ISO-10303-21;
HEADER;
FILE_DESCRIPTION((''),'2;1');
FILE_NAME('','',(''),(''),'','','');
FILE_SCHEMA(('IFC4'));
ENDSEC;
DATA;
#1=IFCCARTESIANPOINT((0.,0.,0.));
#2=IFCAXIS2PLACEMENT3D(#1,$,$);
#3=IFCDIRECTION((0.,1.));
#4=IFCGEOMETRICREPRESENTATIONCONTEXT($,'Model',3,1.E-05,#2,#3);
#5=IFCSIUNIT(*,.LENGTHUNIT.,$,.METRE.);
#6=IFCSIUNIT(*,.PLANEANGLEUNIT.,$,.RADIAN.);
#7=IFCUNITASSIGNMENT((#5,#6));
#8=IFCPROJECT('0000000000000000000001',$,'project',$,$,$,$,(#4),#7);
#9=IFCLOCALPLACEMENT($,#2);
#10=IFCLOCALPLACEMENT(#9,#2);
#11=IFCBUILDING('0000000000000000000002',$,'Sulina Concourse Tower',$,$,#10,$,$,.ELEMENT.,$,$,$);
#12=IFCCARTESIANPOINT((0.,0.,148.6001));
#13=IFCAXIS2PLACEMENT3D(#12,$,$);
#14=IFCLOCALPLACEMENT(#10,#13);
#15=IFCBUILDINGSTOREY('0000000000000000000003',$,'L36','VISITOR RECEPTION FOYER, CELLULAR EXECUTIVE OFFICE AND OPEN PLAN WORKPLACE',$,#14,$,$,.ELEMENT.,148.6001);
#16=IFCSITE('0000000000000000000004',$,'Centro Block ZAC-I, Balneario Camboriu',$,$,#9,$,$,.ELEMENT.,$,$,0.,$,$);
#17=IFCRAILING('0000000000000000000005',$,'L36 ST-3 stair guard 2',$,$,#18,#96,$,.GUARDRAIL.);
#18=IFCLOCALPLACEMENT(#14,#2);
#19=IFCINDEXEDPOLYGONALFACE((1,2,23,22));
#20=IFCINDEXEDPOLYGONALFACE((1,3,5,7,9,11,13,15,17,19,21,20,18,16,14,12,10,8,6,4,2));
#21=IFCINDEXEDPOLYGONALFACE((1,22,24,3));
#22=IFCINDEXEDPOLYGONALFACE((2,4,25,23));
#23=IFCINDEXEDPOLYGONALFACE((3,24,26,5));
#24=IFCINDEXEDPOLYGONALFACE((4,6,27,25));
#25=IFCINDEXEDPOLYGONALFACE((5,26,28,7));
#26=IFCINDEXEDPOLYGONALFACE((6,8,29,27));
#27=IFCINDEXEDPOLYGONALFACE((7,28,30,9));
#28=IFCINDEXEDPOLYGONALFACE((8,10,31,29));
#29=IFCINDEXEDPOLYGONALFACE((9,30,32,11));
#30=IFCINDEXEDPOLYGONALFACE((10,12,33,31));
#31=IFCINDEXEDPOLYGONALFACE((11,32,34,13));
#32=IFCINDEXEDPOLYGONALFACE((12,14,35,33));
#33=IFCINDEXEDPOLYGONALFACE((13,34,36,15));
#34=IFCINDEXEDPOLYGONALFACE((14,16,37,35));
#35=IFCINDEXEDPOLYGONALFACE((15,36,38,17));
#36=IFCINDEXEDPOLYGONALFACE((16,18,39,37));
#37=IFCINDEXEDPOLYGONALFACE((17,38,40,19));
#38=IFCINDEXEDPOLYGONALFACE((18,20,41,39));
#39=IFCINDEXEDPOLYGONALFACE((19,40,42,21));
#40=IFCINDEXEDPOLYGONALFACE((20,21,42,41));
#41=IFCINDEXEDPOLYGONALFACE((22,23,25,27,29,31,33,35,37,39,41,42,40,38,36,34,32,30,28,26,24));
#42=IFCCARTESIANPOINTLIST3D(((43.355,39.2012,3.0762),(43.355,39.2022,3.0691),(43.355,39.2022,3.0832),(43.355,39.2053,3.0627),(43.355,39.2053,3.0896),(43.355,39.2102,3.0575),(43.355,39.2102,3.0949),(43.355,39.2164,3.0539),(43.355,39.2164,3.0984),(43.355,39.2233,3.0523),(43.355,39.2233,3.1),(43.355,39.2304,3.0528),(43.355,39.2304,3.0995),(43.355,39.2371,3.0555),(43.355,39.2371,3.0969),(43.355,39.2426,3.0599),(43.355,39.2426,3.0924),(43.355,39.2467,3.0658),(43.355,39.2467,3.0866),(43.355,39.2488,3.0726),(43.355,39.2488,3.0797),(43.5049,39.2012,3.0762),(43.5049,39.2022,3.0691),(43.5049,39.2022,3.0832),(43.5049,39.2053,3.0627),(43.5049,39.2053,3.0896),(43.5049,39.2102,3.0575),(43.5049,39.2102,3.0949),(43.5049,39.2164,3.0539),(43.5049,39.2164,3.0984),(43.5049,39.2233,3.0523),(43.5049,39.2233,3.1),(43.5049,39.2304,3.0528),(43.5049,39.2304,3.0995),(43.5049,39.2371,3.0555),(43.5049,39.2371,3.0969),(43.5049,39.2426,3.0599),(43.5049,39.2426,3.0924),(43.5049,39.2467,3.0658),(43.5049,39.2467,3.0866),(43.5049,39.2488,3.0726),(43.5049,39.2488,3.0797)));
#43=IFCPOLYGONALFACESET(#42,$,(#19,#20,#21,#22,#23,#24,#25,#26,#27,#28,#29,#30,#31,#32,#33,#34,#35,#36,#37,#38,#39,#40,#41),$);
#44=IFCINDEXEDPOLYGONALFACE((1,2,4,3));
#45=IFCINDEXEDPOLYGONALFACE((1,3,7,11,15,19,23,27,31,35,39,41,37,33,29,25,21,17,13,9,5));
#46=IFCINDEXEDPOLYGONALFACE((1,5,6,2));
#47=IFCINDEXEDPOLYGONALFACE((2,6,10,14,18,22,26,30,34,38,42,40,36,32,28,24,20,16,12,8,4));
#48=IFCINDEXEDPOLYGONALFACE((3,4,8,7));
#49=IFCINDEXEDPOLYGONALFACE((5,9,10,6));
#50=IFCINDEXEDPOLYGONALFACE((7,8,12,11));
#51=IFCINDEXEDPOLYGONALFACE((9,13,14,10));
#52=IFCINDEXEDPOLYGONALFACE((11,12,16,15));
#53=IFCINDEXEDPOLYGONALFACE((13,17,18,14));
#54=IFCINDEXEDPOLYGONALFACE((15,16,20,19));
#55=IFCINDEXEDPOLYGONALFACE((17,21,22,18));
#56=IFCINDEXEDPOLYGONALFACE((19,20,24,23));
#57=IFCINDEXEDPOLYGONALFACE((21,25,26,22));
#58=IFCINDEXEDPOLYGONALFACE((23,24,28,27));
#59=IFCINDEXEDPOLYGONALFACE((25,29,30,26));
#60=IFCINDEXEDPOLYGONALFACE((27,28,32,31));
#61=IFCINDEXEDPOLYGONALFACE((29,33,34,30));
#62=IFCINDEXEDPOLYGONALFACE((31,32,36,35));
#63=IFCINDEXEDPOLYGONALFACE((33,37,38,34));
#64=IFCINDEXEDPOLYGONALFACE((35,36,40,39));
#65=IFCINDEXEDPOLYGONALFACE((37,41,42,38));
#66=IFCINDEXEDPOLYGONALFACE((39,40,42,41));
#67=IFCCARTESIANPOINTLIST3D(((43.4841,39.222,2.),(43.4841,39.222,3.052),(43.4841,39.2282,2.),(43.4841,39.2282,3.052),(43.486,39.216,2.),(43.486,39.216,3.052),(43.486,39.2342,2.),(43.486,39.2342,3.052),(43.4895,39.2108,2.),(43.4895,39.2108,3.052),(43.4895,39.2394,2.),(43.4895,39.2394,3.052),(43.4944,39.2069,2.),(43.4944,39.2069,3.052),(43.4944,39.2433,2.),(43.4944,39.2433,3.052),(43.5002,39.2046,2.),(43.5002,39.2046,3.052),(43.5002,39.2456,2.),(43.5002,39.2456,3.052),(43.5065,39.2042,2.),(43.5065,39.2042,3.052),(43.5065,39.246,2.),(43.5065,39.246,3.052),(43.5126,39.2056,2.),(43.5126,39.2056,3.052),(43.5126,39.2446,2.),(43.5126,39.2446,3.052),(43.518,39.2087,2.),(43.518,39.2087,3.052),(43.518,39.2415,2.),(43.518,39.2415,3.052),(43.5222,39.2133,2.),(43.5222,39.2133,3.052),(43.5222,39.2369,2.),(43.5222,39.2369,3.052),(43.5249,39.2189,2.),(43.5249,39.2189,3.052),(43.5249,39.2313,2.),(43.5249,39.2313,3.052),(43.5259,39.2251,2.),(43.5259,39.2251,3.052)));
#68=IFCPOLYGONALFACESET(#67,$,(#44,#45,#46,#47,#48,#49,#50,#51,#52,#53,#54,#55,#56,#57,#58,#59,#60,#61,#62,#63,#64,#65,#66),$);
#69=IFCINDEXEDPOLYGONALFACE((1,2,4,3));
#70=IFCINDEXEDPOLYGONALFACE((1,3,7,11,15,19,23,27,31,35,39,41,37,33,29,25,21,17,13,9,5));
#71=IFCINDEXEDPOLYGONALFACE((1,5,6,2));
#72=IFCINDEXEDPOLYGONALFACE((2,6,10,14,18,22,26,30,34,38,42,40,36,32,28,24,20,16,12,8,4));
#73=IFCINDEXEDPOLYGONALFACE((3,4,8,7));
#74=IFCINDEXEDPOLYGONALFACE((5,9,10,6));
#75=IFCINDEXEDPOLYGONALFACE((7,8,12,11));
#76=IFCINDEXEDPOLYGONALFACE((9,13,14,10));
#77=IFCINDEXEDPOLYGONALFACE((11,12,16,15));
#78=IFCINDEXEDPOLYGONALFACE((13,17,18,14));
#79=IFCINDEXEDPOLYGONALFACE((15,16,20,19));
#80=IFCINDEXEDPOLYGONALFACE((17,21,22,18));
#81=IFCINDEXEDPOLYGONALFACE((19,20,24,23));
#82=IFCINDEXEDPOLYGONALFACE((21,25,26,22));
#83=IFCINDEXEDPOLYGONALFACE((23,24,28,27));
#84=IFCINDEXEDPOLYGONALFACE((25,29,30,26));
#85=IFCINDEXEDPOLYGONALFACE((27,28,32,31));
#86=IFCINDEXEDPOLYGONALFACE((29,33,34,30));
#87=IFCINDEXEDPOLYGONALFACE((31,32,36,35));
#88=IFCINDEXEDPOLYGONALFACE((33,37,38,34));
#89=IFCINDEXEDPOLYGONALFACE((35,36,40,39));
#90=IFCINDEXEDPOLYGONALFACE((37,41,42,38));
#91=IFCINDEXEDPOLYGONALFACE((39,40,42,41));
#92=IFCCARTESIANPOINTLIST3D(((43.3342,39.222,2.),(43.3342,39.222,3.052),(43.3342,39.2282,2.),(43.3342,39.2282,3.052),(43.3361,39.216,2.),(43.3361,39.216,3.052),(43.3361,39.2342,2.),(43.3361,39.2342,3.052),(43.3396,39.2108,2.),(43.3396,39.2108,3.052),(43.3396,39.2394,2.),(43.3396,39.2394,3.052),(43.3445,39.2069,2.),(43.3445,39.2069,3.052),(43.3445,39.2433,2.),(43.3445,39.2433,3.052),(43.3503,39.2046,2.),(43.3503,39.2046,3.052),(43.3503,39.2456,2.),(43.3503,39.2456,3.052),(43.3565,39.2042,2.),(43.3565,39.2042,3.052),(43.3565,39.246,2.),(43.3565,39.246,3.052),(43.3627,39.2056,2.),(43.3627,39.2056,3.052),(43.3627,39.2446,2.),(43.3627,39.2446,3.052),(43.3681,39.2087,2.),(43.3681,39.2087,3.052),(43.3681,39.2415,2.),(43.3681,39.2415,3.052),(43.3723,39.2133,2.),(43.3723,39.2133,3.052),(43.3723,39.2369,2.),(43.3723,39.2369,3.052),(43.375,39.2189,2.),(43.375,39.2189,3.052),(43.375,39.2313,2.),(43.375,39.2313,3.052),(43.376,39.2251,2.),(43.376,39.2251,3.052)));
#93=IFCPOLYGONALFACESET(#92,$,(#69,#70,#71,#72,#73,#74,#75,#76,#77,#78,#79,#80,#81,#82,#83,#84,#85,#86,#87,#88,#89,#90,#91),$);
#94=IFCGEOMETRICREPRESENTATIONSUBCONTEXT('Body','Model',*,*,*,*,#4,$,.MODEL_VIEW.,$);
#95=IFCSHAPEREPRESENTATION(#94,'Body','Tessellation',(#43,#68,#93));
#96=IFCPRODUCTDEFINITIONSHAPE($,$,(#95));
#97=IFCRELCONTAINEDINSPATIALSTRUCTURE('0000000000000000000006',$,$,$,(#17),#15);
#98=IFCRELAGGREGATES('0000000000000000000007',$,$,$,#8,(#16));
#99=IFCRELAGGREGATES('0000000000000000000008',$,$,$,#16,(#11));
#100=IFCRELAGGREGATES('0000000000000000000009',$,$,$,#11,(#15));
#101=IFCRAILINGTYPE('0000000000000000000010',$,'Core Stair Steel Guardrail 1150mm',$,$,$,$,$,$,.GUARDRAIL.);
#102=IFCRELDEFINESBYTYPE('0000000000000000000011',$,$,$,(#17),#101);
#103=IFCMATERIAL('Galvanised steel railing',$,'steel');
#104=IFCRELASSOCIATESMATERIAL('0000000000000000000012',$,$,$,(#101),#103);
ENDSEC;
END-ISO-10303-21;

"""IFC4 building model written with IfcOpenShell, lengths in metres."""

from ifc_helpers import new_model, si_unit, direction, frame, origin, origin_2d, place, context, subcontext, project, spatial, circle, extrude, material, type_object, element, save


model = new_model("IFC4")

# Units and contexts
model_context = context("Model", 3, precision=1e-05, world=origin(), true_north=direction((0.0, 1.0)))
body_context = subcontext(model_context, "Body", "Model", "MODEL_VIEW")
ifc_project = project(units=[si_unit("LENGTHUNIT", "METRE"), si_unit("PLANEANGLEUNIT", "RADIAN")], contexts=[model_context])

# Site, building, storey
site_placement = place(None, origin())
site = spatial("IfcSite", under=ifc_project, at=site_placement, Name="Centro Block ZAC-I, Balneario Camboriu", CompositionType="ELEMENT", RefElevation=0.0)
building_placement = place(site_placement, origin())
building = spatial("IfcBuilding", under=site, at=building_placement, Name="Sulina Concourse Tower", CompositionType="ELEMENT")
storey_placement = place(building_placement, frame((0.0, 0.0, 148.6001)))
storey = spatial("IfcBuildingStorey", under=building, at=storey_placement, Name="L36", Description="VISITOR RECEPTION FOYER, CELLULAR EXECUTIVE OFFICE AND OPEN PLAN WORKPLACE", CompositionType="ELEMENT", Elevation=148.6001)

# Railing
ifc_material_1 = material(Name="Galvanised steel railing", Category="steel")
railing_type_1 = type_object("IfcRailingType", Name="Core Stair Steel Guardrail 1150mm", PredefinedType="GUARDRAIL", material=ifc_material_1)
railing_1_placement = place(storey_placement, frame((43.5049, 39.2251, 2.0)))
element("IfcRailing", 1, at=railing_1_placement, inside=storey, type_object=railing_type_1, Name="L36 ST-3 stair guard 2", PredefinedType="GUARDRAIL", context=body_context, shape_type="SweptSolid", body=[
    extrude(circle(Radius=0.0239, at=origin_2d()), frame((0.0, 0.0, 1.0762), z_axis=(-1.0, 0.0, 0.0), x_axis=(0.0, -1.0, 0.0)), (0.0, 0.0, 1.0), 0.1499),
    extrude(circle(Radius=0.021, at=origin_2d()), origin(), (0.0, 0.0, 1.0), 1.052),
    extrude(circle(Radius=0.021, at=origin_2d()), frame((-0.1499, 0.0, 0.0)), (0.0, 0.0, 1.0), 1.052),
])

save(model, "model.ifc")
